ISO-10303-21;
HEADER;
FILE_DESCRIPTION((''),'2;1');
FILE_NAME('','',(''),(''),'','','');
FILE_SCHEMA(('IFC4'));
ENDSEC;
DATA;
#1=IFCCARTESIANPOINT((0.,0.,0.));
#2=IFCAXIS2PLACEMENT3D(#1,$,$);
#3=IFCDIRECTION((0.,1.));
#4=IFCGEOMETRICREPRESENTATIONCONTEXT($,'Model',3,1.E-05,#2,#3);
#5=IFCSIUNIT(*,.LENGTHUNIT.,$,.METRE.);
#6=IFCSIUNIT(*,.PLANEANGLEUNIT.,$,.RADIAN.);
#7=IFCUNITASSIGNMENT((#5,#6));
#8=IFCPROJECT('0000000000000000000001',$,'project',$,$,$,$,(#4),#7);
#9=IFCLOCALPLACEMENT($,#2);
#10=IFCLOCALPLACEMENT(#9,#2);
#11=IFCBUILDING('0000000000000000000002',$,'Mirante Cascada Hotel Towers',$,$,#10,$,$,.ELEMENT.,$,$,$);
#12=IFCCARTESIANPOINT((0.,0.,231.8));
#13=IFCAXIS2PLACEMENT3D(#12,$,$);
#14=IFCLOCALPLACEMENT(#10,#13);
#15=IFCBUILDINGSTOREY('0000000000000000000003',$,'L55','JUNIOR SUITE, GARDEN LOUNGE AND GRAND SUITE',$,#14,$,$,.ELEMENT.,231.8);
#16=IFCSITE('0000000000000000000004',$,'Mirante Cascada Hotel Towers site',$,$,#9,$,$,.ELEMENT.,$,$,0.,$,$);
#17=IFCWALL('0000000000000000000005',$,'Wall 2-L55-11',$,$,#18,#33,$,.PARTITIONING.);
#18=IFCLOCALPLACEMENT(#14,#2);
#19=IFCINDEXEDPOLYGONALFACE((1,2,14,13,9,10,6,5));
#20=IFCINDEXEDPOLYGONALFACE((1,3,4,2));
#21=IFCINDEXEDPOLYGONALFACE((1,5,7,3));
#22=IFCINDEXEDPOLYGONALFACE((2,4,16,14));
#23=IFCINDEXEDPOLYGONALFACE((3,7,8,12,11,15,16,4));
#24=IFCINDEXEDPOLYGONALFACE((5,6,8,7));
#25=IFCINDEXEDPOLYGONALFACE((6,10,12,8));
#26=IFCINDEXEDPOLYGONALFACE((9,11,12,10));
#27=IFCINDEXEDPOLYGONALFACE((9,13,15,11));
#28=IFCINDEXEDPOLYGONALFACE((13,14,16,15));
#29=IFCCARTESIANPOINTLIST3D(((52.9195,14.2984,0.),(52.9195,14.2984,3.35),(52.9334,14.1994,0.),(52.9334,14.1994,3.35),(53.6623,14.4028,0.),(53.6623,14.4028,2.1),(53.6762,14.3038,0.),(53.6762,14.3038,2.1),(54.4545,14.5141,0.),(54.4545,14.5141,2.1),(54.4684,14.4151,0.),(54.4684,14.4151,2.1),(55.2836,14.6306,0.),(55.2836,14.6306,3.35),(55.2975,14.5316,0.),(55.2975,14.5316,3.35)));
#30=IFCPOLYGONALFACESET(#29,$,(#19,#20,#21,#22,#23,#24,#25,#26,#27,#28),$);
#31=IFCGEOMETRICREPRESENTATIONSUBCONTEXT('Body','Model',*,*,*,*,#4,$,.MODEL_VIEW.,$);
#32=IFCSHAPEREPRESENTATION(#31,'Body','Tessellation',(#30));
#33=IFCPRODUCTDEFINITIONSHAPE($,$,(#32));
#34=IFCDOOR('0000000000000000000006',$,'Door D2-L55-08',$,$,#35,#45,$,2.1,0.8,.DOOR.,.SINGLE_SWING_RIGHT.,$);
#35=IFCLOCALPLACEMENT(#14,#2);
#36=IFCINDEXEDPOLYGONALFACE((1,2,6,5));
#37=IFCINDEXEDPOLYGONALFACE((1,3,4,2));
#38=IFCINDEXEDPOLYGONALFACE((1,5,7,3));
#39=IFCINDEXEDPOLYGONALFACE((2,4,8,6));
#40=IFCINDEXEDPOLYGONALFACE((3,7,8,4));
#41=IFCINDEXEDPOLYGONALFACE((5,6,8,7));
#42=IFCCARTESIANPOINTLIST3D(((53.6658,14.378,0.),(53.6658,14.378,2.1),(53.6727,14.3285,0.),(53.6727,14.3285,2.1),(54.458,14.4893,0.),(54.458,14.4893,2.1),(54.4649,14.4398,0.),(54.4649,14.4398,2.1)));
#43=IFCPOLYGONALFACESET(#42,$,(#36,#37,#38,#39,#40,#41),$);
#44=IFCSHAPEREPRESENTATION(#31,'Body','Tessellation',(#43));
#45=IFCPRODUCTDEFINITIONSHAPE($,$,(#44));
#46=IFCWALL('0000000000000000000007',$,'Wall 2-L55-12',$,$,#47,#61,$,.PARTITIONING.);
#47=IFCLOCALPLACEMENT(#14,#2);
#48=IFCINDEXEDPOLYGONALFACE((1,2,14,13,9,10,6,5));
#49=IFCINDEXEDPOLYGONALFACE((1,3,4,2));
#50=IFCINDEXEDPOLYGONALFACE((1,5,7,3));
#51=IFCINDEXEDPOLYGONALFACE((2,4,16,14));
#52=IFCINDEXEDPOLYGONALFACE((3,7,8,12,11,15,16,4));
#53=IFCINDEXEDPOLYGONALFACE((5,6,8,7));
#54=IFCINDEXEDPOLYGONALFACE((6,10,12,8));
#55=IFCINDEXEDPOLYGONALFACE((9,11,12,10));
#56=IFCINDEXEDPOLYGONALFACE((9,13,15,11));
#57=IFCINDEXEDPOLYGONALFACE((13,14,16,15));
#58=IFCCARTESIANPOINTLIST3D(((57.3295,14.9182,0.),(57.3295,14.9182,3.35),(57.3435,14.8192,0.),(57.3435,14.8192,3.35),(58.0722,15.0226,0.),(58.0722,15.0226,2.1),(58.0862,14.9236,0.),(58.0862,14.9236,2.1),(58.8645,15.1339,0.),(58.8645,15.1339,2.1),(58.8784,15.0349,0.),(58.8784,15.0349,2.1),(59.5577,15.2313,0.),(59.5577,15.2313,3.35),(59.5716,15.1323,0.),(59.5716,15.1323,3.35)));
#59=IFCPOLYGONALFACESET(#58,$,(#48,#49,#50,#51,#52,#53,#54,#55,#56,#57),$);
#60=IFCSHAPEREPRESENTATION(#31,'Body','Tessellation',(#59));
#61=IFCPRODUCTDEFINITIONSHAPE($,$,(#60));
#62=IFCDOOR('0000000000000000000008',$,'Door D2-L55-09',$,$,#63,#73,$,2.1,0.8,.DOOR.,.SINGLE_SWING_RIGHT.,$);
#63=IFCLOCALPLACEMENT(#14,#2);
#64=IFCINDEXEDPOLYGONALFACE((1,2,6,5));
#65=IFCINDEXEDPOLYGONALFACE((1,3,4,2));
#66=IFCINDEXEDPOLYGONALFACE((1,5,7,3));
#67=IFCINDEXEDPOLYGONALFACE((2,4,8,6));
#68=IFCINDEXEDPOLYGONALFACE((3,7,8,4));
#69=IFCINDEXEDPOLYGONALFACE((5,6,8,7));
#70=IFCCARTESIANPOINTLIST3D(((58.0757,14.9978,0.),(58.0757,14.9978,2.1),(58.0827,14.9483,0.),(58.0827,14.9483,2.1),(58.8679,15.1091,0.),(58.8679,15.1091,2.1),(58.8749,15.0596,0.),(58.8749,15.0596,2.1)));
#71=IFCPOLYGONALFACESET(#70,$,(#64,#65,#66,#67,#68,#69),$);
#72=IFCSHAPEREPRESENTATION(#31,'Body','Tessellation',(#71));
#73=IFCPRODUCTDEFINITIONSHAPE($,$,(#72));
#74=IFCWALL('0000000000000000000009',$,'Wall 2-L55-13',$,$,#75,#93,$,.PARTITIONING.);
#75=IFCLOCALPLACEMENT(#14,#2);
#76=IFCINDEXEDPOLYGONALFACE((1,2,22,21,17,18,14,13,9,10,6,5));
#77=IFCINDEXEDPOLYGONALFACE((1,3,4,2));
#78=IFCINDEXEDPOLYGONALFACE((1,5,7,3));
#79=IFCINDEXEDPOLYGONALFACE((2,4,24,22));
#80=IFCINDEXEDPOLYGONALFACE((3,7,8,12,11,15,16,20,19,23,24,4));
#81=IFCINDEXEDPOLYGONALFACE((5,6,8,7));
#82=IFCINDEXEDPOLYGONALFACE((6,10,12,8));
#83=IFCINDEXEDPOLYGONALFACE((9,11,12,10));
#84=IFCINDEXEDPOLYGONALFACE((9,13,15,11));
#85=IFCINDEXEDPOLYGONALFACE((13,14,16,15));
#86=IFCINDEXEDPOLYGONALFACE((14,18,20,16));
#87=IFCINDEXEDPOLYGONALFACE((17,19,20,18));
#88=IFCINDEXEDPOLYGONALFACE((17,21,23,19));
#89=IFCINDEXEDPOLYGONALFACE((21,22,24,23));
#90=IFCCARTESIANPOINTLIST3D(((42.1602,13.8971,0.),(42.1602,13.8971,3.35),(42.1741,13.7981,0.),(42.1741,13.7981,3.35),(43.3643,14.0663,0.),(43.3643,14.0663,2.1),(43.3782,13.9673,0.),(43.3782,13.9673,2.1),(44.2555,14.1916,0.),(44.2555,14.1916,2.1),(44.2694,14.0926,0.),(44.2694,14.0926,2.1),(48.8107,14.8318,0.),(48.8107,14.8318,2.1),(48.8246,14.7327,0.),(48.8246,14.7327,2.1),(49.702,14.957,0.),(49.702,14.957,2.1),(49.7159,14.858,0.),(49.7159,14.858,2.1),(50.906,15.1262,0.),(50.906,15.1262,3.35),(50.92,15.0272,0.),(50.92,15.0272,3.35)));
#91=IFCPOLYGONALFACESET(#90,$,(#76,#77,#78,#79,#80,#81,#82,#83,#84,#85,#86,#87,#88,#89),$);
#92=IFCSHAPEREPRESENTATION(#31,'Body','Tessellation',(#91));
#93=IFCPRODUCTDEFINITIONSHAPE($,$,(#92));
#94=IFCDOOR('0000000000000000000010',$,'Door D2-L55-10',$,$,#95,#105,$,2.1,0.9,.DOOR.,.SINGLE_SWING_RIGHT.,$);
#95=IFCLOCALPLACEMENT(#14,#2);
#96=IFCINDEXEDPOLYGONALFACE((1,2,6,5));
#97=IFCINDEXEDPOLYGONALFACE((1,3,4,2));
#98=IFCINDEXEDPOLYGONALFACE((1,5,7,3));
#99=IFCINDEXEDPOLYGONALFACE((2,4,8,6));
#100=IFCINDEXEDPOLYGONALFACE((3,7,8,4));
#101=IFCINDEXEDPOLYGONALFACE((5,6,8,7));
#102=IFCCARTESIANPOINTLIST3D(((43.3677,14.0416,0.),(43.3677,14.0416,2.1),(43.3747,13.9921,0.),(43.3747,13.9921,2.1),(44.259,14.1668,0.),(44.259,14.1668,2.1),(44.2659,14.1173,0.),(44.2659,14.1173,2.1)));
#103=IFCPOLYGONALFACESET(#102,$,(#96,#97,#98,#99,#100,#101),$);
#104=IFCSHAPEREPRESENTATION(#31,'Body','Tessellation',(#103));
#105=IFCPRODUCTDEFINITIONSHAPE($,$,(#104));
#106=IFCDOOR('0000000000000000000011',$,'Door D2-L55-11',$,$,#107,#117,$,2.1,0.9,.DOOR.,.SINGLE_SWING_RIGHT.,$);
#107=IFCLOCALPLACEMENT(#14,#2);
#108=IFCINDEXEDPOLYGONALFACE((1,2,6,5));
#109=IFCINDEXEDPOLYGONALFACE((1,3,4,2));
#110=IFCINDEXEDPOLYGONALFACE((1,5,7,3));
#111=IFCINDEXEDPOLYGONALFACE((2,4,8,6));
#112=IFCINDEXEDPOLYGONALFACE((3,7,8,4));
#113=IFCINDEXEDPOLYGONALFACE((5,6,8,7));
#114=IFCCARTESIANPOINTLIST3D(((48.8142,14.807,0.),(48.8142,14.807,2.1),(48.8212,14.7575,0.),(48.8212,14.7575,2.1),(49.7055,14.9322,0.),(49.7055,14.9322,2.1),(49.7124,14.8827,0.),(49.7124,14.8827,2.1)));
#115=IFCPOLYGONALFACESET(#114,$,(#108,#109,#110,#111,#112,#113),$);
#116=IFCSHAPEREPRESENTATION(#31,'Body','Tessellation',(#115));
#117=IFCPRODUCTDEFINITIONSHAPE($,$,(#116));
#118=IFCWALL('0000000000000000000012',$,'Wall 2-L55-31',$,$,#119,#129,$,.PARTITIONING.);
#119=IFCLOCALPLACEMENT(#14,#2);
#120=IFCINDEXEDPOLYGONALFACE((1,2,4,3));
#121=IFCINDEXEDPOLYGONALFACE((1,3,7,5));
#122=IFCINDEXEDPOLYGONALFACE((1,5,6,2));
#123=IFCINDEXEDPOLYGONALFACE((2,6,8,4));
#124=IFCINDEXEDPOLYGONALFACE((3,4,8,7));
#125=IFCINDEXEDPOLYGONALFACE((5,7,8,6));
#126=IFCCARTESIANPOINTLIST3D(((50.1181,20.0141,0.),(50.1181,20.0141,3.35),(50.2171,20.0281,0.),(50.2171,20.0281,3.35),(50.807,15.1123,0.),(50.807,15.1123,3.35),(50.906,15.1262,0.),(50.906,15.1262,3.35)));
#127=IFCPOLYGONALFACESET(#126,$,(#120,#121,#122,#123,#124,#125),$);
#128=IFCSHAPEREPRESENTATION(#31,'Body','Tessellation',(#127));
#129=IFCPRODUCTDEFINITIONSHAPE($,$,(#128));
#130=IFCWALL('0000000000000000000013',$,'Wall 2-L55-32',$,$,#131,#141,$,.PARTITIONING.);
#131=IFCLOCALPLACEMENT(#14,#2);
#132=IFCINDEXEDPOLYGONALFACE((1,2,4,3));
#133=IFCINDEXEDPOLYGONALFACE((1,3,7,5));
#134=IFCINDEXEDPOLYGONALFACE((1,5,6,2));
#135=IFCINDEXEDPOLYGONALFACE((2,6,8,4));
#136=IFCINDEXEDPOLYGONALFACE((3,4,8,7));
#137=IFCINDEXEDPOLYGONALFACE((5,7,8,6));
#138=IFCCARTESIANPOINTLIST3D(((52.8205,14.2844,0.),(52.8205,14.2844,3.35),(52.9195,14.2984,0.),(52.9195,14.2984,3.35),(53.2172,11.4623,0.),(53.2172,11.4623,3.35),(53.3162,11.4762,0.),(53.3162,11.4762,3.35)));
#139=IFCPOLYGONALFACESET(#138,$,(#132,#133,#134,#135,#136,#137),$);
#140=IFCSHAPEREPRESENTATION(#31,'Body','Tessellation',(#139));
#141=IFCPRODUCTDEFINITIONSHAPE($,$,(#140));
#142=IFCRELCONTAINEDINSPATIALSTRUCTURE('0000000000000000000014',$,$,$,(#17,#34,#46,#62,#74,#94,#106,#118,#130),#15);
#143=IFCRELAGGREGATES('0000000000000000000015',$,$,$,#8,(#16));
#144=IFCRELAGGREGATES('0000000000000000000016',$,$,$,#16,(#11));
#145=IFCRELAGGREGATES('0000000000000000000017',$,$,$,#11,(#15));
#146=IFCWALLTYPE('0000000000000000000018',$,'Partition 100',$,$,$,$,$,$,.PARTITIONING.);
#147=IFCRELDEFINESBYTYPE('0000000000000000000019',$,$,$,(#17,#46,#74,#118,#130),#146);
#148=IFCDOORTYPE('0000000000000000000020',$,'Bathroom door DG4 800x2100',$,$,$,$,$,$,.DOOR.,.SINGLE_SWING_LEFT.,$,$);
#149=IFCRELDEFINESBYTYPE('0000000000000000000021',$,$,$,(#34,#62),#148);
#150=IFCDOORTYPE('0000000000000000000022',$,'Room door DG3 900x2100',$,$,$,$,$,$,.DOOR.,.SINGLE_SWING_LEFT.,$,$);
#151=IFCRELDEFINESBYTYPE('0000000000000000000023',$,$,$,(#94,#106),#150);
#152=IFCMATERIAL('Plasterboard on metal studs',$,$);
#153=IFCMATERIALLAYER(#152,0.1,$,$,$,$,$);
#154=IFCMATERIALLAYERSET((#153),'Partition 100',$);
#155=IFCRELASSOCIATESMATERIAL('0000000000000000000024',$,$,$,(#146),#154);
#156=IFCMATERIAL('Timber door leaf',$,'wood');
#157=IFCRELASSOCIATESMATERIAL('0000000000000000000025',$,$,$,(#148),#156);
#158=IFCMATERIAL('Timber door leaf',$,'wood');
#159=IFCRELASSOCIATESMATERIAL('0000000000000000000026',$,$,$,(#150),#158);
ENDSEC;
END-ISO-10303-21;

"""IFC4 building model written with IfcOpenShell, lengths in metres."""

from ifc_helpers import new_model, si_unit, direction, frame, frame_2d, origin, place, context, subcontext, project, spatial, rectangle, extrude, material, layer, layer_set, type_object, element, fill, save


model = new_model("IFC4")

# Units and contexts
model_context = context("Model", 3, precision=1e-05, world=origin(), true_north=direction((0.0, 1.0)))
body_context = subcontext(model_context, "Body", "Model", "MODEL_VIEW")
ifc_project = project(units=[si_unit("LENGTHUNIT", "METRE"), si_unit("PLANEANGLEUNIT", "RADIAN")], contexts=[model_context])

# Site, building, storey
site_placement = place(None, origin())
site = spatial("IfcSite", under=ifc_project, at=site_placement, Name="Mirante Cascada Hotel Towers site", CompositionType="ELEMENT", RefElevation=0.0)
building_placement = place(site_placement, origin())
building = spatial("IfcBuilding", under=site, at=building_placement, Name="Mirante Cascada Hotel Towers", CompositionType="ELEMENT")
storey_placement = place(building_placement, frame((0.0, 0.0, 231.8)))
storey = spatial("IfcBuildingStorey", under=building, at=storey_placement, Name="L55", Description="JUNIOR SUITE, GARDEN LOUNGE AND GRAND SUITE", CompositionType="ELEMENT", Elevation=231.8)

# Walls, openings, doors
ifc_material_1 = material(Name="Plasterboard on metal studs")
ifc_layer_1 = layer(ifc_material_1, 0.1)
ifc_layer_set_1 = layer_set([ifc_layer_1], Name="Partition 100")
wall_type_1 = type_object("IfcWallType", Name="Partition 100", PredefinedType="PARTITIONING", material=ifc_layer_set_1)
wall_1_placement = place(storey_placement, frame((55.2906, 14.5811, 0.0), z_axis=(0.0, 0.0, 1.0), x_axis=(-0.990271, -0.139152, 0.0)))
wall_1 = element("IfcWall", 1, at=wall_1_placement, inside=storey, type_object=wall_type_1, Name="Wall 2-L55-11", PredefinedType="PARTITIONING", context=body_context, shape_type="SweptSolid", body=[
    extrude(rectangle(XDim=2.3873, YDim=0.1, at=frame_2d((1.1937, 0.0))), origin(), (0.0, 0.0, 1.0), 3.35),
])
opening_1_placement = place(wall_1_placement, frame((0.8373, 0.0, 0.0)))
opening_1 = element("IfcOpeningElement", 2, at=opening_1_placement, cuts=wall_1, PredefinedType="OPENING", context=body_context, shape_type="SweptSolid", body=[
    extrude(rectangle(XDim=0.8, YDim=2.1, at=frame_2d((0.4, 1.05))), frame((0.0, 0.05, 0.0), z_axis=(0.0, -1.0, 0.0), x_axis=(1.0, 0.0, 0.0)), (0.0, 0.0, 1.0), 0.1),
])
ifc_material_2 = material(Name="Timber door leaf", Category="wood")
door_type_1 = type_object("IfcDoorType", Name="Bathroom door DG4 800x2100", OperationType="SINGLE_SWING_LEFT", PredefinedType="DOOR", material=ifc_material_2)
door_1_placement = place(opening_1_placement, frame((0.8, 0.0, 0.0), z_axis=(0.0, 0.0, 1.0), x_axis=(-1.0, 0.0, 0.0)))
door_1 = element("IfcDoor", 3, at=door_1_placement, inside=storey, type_object=door_type_1, Name="Door D2-L55-08", OperationType="SINGLE_SWING_RIGHT", OverallHeight=2.1, OverallWidth=0.8, PredefinedType="DOOR", context=body_context, shape_type="SweptSolid", body=[
    extrude(rectangle(XDim=0.8, YDim=2.1, at=frame_2d((0.4, 1.05))), frame((0.0, 0.025, 0.0), z_axis=(0.0, -1.0, 0.0), x_axis=(1.0, 0.0, 0.0)), (0.0, 0.0, 1.0), 0.05),
])
fill(opening_1, door_1)
wall_2_placement = place(storey_placement, frame((57.3365, 14.8687, 0.0), z_axis=(0.0, 0.0, 1.0), x_axis=(0.990271, 0.139156, 0.0)))
wall_2 = element("IfcWall", 4, at=wall_2_placement, inside=storey, type_object=wall_type_1, Name="Wall 2-L55-12", PredefinedType="PARTITIONING", context=body_context, shape_type="SweptSolid", body=[
    extrude(rectangle(XDim=2.25, YDim=0.1, at=frame_2d((1.125, 0.0))), origin(), (0.0, 0.0, 1.0), 3.35),
])
opening_2_placement = place(wall_2_placement, frame((0.75, 0.0, 0.0)))
opening_2 = element("IfcOpeningElement", 5, at=opening_2_placement, cuts=wall_2, PredefinedType="OPENING", context=body_context, shape_type="SweptSolid", body=[
    extrude(rectangle(XDim=0.8, YDim=2.1, at=frame_2d((0.4, 1.05))), frame((0.0, 0.05, 0.0), z_axis=(0.0, -1.0, 0.0), x_axis=(1.0, 0.0, 0.0)), (0.0, 0.0, 1.0), 0.1),
])
door_2_placement = place(opening_2_placement, frame((0.8, 0.0, 0.0), z_axis=(0.0, 0.0, 1.0), x_axis=(-1.0, 0.0, 0.0)))
door_2 = element("IfcDoor", 6, at=door_2_placement, inside=storey, type_object=door_type_1, Name="Door D2-L55-09", OperationType="SINGLE_SWING_RIGHT", OverallHeight=2.1, OverallWidth=0.8, PredefinedType="DOOR", context=body_context, shape_type="SweptSolid", body=[
    extrude(rectangle(XDim=0.8, YDim=2.1, at=frame_2d((0.4, 1.05))), frame((0.0, 0.025, 0.0), z_axis=(0.0, -1.0, 0.0), x_axis=(1.0, 0.0, 0.0)), (0.0, 0.0, 1.0), 0.05),
])
fill(opening_2, door_2)

# Wall, openings, doors
wall_3_placement = place(storey_placement, frame((50.913, 15.0767, 0.0), z_axis=(0.0, 0.0, 1.0), x_axis=(-0.990269, -0.139167, 0.0)))
wall_3 = element("IfcWall", 7, at=wall_3_placement, inside=storey, type_object=wall_type_1, Name="Wall 2-L55-13", PredefinedType="PARTITIONING", context=body_context, shape_type="SweptSolid", body=[
    extrude(rectangle(XDim=8.8318, YDim=0.1, at=frame_2d((4.4159, 0.0))), origin(), (0.0, 0.0, 1.0), 3.35),
])
opening_3_placement = place(wall_3_placement, frame((6.7159, 0.0, 0.0)))
opening_3 = element("IfcOpeningElement", 8, at=opening_3_placement, cuts=wall_3, PredefinedType="OPENING", context=body_context, shape_type="SweptSolid", body=[
    extrude(rectangle(XDim=0.9, YDim=2.1, at=frame_2d((0.45, 1.05))), frame((0.0, 0.05, 0.0), z_axis=(0.0, -1.0, 0.0), x_axis=(1.0, 0.0, 0.0)), (0.0, 0.0, 1.0), 0.1),
])
opening_4_placement = place(wall_3_placement, frame((1.2159, 0.0, 0.0)))
opening_4 = element("IfcOpeningElement", 9, at=opening_4_placement, cuts=wall_3, PredefinedType="OPENING", context=body_context, shape_type="SweptSolid", body=[
    extrude(rectangle(XDim=0.9, YDim=2.1, at=frame_2d((0.45, 1.05))), frame((0.0, 0.05, 0.0), z_axis=(0.0, -1.0, 0.0), x_axis=(1.0, 0.0, 0.0)), (0.0, 0.0, 1.0), 0.1),
])
ifc_material_3 = material(Name="Timber door leaf", Category="wood")
door_type_2 = type_object("IfcDoorType", Name="Room door DG3 900x2100", OperationType="SINGLE_SWING_LEFT", PredefinedType="DOOR", material=ifc_material_3)
door_3_placement = place(opening_3_placement, frame((0.9, 0.0, 0.0), z_axis=(0.0, 0.0, 1.0), x_axis=(-1.0, 0.0, 0.0)))
door_3 = element("IfcDoor", 10, at=door_3_placement, inside=storey, type_object=door_type_2, Name="Door D2-L55-10", OperationType="SINGLE_SWING_RIGHT", OverallHeight=2.1, OverallWidth=0.9, PredefinedType="DOOR", context=body_context, shape_type="SweptSolid", body=[
    extrude(rectangle(XDim=0.9, YDim=2.1, at=frame_2d((0.45, 1.05))), frame((0.0, 0.025, 0.0), z_axis=(0.0, -1.0, 0.0), x_axis=(1.0, 0.0, 0.0)), (0.0, 0.0, 1.0), 0.05),
])
fill(opening_3, door_3)
door_4_placement = place(opening_4_placement, frame((0.9, 0.0, 0.0), z_axis=(0.0, 0.0, 1.0), x_axis=(-1.0, 0.0, 0.0)))
door_4 = element("IfcDoor", 11, at=door_4_placement, inside=storey, type_object=door_type_2, Name="Door D2-L55-11", OperationType="SINGLE_SWING_RIGHT", OverallHeight=2.1, OverallWidth=0.9, PredefinedType="DOOR", context=body_context, shape_type="SweptSolid", body=[
    extrude(rectangle(XDim=0.9, YDim=2.1, at=frame_2d((0.45, 1.05))), frame((0.0, 0.025, 0.0), z_axis=(0.0, -1.0, 0.0), x_axis=(1.0, 0.0, 0.0)), (0.0, 0.0, 1.0), 0.05),
])
fill(opening_4, door_4)

# Walls
wall_4_placement = place(storey_placement, frame((50.1676, 20.0211, 0.0), z_axis=(0.0, 0.0, 1.0), x_axis=(0.139173, -0.990268, 0.0)))
element("IfcWall", 12, at=wall_4_placement, inside=storey, type_object=wall_type_1, Name="Wall 2-L55-31", PredefinedType="PARTITIONING", context=body_context, shape_type="SweptSolid", body=[
    extrude(rectangle(XDim=4.95, YDim=0.1, at=frame_2d((2.475, 0.0))), origin(), (0.0, 0.0, 1.0), 3.35),
])
wall_5_placement = place(storey_placement, frame((53.2667, 11.4692, 0.0), z_axis=(0.0, 0.0, 1.0), x_axis=(-0.139196, 0.990265, 0.0)))
element("IfcWall", 13, at=wall_5_placement, inside=storey, type_object=wall_type_1, Name="Wall 2-L55-32", PredefinedType="PARTITIONING", context=body_context, shape_type="SweptSolid", body=[
    extrude(rectangle(XDim=2.8499, YDim=0.1, at=frame_2d((1.425, 0.0))), origin(), (0.0, 0.0, 1.0), 3.35),
])

save(model, "model.ifc")
